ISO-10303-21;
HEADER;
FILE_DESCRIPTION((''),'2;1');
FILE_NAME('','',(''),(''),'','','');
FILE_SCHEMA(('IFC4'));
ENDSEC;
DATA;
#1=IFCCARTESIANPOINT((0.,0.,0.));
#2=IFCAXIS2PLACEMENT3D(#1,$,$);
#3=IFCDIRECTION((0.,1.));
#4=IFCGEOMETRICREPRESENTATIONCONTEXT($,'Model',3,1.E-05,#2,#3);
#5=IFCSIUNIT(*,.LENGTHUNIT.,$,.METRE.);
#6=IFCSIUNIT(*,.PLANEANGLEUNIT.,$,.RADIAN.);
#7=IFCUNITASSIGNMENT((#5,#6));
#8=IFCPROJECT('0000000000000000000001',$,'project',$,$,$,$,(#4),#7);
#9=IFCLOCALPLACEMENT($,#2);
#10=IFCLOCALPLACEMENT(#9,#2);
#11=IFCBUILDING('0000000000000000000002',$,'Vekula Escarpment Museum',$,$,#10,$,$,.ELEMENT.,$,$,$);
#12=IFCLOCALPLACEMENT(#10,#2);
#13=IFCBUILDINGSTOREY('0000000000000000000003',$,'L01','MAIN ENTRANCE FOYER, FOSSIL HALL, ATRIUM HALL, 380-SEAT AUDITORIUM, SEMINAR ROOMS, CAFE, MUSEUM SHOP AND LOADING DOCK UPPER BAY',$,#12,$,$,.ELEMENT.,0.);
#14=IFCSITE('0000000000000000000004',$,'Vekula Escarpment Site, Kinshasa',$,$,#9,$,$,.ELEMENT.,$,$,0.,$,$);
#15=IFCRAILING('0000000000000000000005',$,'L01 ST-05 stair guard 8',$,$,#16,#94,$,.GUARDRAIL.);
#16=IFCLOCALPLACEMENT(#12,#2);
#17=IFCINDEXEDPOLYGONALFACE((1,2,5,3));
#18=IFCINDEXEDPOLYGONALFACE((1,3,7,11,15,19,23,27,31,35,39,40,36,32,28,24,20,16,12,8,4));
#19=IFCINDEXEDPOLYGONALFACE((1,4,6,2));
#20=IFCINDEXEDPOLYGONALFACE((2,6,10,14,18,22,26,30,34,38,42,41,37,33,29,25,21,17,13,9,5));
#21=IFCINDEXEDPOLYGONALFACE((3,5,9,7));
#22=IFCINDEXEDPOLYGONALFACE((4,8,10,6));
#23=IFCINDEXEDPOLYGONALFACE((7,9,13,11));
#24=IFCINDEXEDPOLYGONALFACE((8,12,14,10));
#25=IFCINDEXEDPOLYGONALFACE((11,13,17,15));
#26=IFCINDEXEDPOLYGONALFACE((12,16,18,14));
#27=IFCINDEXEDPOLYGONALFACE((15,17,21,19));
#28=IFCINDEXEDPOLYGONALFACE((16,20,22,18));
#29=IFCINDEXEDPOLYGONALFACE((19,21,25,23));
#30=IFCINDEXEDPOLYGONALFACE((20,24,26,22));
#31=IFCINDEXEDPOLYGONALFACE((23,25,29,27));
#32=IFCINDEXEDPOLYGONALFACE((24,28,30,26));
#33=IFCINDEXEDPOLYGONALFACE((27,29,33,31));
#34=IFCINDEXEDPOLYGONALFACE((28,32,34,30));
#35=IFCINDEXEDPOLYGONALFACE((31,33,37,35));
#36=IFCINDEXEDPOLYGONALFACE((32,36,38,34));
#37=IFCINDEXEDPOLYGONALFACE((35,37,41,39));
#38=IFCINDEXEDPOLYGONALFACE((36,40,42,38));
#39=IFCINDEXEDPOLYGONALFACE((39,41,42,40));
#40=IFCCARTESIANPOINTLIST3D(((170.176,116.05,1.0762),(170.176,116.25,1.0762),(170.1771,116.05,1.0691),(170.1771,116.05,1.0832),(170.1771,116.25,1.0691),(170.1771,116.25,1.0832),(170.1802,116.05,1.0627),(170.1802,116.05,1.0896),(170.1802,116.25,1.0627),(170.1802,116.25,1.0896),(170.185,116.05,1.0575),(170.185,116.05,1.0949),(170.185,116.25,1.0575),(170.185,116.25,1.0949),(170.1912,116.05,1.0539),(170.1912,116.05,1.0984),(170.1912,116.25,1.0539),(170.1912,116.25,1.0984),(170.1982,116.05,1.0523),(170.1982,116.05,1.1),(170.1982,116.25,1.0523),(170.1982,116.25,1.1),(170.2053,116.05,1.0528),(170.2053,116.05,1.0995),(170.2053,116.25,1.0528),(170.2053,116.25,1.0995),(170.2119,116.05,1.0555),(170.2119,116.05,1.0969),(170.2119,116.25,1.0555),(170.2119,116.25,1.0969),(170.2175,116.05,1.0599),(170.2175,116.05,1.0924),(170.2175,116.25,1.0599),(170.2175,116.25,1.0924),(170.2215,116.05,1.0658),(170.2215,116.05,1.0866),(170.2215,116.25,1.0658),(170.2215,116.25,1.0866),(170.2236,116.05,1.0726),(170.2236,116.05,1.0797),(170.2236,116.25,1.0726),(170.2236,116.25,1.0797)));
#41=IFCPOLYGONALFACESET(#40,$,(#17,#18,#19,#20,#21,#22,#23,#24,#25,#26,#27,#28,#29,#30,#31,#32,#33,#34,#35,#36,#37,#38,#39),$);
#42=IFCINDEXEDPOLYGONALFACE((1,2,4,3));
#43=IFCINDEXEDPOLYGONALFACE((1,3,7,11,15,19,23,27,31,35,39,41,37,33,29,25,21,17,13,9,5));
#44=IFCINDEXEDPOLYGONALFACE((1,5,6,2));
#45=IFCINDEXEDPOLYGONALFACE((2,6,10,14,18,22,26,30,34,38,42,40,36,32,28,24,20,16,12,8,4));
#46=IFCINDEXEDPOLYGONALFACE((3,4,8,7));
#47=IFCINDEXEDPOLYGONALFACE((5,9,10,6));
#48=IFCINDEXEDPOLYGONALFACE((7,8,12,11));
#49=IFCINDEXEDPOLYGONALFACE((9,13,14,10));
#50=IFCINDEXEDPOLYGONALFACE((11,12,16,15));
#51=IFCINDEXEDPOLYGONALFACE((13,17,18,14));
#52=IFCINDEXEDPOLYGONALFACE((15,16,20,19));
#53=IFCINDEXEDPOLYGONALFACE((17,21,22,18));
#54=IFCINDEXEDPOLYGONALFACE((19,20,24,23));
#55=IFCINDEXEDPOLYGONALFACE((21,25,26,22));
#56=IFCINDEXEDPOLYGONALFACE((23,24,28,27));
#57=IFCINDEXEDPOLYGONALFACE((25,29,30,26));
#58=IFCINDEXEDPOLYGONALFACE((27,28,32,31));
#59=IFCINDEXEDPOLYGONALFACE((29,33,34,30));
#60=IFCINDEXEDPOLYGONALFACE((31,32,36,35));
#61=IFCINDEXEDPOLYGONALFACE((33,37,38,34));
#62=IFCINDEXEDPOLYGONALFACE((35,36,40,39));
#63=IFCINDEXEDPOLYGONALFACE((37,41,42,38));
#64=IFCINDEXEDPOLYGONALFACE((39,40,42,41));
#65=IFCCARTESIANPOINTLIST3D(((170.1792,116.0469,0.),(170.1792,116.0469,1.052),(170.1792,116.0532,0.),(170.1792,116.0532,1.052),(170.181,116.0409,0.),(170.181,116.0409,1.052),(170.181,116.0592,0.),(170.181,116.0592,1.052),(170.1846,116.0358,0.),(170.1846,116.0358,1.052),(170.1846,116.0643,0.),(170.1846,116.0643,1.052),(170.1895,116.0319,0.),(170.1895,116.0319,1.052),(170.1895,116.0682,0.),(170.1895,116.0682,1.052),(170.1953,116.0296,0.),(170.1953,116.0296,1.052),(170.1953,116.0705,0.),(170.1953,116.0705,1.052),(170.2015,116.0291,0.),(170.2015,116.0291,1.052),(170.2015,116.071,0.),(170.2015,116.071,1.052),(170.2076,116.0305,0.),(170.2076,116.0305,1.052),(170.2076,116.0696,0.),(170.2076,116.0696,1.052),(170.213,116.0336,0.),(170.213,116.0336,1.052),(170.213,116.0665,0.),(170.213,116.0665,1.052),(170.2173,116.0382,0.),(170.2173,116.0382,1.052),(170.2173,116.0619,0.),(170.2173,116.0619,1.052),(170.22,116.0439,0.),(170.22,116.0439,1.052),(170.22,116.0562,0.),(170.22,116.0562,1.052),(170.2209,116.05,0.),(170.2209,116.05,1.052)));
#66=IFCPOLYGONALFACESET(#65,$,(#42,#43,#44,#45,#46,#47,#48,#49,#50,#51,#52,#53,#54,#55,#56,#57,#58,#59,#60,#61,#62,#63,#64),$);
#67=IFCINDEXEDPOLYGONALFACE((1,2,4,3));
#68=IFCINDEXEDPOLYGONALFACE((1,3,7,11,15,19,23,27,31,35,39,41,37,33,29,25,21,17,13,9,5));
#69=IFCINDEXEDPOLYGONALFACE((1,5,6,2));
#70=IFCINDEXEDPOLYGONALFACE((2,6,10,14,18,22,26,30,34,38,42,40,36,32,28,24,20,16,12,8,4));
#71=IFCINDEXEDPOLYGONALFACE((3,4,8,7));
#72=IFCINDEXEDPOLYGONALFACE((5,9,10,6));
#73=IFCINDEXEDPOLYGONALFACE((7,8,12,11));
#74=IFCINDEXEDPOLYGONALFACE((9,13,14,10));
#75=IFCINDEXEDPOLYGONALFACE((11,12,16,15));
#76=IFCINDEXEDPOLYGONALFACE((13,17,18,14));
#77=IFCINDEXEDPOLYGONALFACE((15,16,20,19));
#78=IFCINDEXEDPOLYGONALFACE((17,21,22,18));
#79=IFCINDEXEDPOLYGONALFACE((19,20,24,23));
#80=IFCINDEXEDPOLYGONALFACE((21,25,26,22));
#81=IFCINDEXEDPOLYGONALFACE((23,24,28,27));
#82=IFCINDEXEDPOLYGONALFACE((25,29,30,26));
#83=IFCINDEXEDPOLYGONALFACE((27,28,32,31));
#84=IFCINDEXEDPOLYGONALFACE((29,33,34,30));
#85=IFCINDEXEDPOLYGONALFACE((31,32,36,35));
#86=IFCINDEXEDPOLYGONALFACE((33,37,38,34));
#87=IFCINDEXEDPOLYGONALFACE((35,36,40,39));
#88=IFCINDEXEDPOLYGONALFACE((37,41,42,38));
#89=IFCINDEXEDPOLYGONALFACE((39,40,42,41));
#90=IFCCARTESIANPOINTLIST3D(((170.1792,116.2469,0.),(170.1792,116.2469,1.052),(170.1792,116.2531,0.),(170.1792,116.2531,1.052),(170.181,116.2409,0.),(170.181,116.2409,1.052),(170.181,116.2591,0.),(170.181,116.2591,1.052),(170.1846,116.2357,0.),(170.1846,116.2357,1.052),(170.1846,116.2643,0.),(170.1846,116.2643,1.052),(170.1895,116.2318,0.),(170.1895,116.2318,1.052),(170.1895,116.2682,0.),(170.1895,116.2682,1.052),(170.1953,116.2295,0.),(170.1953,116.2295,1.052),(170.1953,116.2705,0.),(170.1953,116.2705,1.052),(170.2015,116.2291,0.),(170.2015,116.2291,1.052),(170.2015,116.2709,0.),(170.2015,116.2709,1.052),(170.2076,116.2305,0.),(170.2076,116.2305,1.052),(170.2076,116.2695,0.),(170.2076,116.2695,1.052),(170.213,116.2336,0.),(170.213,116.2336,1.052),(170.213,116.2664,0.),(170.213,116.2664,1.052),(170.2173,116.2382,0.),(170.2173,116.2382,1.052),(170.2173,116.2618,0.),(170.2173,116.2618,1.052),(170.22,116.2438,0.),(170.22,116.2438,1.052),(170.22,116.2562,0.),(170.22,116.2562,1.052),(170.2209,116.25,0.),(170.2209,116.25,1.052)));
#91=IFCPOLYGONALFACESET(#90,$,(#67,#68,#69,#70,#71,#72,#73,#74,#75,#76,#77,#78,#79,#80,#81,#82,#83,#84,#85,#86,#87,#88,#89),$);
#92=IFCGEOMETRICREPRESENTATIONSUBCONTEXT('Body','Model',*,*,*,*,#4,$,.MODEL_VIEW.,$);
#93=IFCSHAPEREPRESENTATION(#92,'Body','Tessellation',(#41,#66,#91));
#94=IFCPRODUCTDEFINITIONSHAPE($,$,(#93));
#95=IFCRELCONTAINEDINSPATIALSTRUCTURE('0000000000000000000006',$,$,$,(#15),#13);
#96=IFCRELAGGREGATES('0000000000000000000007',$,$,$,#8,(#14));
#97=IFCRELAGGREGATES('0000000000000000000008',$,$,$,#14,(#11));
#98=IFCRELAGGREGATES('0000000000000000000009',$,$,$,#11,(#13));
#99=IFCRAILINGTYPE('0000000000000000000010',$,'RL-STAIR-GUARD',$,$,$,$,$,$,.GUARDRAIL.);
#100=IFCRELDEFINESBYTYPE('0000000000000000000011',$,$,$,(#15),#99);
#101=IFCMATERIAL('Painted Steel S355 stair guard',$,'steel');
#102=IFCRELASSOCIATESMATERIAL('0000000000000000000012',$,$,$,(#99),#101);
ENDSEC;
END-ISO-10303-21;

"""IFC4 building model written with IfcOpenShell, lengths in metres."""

from ifc_helpers import new_model, si_unit, direction, frame, origin, origin_2d, place, context, subcontext, project, spatial, circle, extrude, material, type_object, element, save


model = new_model("IFC4")

# Units and contexts
model_context = context("Model", 3, precision=1e-05, world=origin(), true_north=direction((0.0, 1.0)))
body_context = subcontext(model_context, "Body", "Model", "MODEL_VIEW")
ifc_project = project(units=[si_unit("LENGTHUNIT", "METRE"), si_unit("PLANEANGLEUNIT", "RADIAN")], contexts=[model_context])

# Site, building, storey
site_placement = place(None, origin())
site = spatial("IfcSite", under=ifc_project, at=site_placement, Name="Vekula Escarpment Site, Kinshasa", CompositionType="ELEMENT", RefElevation=0.0)
building_placement = place(site_placement, origin())
building = spatial("IfcBuilding", under=site, at=building_placement, Name="Vekula Escarpment Museum", CompositionType="ELEMENT")
storey_placement = place(building_placement, origin())
storey = spatial("IfcBuildingStorey", under=building, at=storey_placement, Name="L01", Description="MAIN ENTRANCE FOYER, FOSSIL HALL, ATRIUM HALL, 380-SEAT AUDITORIUM, SEMINAR ROOMS, CAFE, MUSEUM SHOP AND LOADING DOCK UPPER BAY", CompositionType="ELEMENT", Elevation=0.0)

# Railing
ifc_material_1 = material(Name="Painted Steel S355 stair guard", Category="steel")
railing_type_1 = type_object("IfcRailingType", Name="RL-STAIR-GUARD", PredefinedType="GUARDRAIL", material=ifc_material_1)
railing_1_placement = place(storey_placement, frame((170.2, 116.05, 0.0)))
element("IfcRailing", 1, at=railing_1_placement, inside=storey, type_object=railing_type_1, Name="L01 ST-05 stair guard 8", PredefinedType="GUARDRAIL", context=body_context, shape_type="SweptSolid", body=[
    extrude(circle(Radius=0.0239, at=origin_2d()), frame((0.0, 0.0, 1.0762), z_axis=(0.0, 1.0, 0.0), x_axis=(-1.0, 0.0, 0.0)), (0.0, 0.0, 1.0), 0.2),
    extrude(circle(Radius=0.021, at=origin_2d()), origin(), (0.0, 0.0, 1.0), 1.052),
    extrude(circle(Radius=0.021, at=origin_2d()), frame((0.0, 0.2, 0.0)), (0.0, 0.0, 1.0), 1.052),
])

save(model, "model.ifc")
